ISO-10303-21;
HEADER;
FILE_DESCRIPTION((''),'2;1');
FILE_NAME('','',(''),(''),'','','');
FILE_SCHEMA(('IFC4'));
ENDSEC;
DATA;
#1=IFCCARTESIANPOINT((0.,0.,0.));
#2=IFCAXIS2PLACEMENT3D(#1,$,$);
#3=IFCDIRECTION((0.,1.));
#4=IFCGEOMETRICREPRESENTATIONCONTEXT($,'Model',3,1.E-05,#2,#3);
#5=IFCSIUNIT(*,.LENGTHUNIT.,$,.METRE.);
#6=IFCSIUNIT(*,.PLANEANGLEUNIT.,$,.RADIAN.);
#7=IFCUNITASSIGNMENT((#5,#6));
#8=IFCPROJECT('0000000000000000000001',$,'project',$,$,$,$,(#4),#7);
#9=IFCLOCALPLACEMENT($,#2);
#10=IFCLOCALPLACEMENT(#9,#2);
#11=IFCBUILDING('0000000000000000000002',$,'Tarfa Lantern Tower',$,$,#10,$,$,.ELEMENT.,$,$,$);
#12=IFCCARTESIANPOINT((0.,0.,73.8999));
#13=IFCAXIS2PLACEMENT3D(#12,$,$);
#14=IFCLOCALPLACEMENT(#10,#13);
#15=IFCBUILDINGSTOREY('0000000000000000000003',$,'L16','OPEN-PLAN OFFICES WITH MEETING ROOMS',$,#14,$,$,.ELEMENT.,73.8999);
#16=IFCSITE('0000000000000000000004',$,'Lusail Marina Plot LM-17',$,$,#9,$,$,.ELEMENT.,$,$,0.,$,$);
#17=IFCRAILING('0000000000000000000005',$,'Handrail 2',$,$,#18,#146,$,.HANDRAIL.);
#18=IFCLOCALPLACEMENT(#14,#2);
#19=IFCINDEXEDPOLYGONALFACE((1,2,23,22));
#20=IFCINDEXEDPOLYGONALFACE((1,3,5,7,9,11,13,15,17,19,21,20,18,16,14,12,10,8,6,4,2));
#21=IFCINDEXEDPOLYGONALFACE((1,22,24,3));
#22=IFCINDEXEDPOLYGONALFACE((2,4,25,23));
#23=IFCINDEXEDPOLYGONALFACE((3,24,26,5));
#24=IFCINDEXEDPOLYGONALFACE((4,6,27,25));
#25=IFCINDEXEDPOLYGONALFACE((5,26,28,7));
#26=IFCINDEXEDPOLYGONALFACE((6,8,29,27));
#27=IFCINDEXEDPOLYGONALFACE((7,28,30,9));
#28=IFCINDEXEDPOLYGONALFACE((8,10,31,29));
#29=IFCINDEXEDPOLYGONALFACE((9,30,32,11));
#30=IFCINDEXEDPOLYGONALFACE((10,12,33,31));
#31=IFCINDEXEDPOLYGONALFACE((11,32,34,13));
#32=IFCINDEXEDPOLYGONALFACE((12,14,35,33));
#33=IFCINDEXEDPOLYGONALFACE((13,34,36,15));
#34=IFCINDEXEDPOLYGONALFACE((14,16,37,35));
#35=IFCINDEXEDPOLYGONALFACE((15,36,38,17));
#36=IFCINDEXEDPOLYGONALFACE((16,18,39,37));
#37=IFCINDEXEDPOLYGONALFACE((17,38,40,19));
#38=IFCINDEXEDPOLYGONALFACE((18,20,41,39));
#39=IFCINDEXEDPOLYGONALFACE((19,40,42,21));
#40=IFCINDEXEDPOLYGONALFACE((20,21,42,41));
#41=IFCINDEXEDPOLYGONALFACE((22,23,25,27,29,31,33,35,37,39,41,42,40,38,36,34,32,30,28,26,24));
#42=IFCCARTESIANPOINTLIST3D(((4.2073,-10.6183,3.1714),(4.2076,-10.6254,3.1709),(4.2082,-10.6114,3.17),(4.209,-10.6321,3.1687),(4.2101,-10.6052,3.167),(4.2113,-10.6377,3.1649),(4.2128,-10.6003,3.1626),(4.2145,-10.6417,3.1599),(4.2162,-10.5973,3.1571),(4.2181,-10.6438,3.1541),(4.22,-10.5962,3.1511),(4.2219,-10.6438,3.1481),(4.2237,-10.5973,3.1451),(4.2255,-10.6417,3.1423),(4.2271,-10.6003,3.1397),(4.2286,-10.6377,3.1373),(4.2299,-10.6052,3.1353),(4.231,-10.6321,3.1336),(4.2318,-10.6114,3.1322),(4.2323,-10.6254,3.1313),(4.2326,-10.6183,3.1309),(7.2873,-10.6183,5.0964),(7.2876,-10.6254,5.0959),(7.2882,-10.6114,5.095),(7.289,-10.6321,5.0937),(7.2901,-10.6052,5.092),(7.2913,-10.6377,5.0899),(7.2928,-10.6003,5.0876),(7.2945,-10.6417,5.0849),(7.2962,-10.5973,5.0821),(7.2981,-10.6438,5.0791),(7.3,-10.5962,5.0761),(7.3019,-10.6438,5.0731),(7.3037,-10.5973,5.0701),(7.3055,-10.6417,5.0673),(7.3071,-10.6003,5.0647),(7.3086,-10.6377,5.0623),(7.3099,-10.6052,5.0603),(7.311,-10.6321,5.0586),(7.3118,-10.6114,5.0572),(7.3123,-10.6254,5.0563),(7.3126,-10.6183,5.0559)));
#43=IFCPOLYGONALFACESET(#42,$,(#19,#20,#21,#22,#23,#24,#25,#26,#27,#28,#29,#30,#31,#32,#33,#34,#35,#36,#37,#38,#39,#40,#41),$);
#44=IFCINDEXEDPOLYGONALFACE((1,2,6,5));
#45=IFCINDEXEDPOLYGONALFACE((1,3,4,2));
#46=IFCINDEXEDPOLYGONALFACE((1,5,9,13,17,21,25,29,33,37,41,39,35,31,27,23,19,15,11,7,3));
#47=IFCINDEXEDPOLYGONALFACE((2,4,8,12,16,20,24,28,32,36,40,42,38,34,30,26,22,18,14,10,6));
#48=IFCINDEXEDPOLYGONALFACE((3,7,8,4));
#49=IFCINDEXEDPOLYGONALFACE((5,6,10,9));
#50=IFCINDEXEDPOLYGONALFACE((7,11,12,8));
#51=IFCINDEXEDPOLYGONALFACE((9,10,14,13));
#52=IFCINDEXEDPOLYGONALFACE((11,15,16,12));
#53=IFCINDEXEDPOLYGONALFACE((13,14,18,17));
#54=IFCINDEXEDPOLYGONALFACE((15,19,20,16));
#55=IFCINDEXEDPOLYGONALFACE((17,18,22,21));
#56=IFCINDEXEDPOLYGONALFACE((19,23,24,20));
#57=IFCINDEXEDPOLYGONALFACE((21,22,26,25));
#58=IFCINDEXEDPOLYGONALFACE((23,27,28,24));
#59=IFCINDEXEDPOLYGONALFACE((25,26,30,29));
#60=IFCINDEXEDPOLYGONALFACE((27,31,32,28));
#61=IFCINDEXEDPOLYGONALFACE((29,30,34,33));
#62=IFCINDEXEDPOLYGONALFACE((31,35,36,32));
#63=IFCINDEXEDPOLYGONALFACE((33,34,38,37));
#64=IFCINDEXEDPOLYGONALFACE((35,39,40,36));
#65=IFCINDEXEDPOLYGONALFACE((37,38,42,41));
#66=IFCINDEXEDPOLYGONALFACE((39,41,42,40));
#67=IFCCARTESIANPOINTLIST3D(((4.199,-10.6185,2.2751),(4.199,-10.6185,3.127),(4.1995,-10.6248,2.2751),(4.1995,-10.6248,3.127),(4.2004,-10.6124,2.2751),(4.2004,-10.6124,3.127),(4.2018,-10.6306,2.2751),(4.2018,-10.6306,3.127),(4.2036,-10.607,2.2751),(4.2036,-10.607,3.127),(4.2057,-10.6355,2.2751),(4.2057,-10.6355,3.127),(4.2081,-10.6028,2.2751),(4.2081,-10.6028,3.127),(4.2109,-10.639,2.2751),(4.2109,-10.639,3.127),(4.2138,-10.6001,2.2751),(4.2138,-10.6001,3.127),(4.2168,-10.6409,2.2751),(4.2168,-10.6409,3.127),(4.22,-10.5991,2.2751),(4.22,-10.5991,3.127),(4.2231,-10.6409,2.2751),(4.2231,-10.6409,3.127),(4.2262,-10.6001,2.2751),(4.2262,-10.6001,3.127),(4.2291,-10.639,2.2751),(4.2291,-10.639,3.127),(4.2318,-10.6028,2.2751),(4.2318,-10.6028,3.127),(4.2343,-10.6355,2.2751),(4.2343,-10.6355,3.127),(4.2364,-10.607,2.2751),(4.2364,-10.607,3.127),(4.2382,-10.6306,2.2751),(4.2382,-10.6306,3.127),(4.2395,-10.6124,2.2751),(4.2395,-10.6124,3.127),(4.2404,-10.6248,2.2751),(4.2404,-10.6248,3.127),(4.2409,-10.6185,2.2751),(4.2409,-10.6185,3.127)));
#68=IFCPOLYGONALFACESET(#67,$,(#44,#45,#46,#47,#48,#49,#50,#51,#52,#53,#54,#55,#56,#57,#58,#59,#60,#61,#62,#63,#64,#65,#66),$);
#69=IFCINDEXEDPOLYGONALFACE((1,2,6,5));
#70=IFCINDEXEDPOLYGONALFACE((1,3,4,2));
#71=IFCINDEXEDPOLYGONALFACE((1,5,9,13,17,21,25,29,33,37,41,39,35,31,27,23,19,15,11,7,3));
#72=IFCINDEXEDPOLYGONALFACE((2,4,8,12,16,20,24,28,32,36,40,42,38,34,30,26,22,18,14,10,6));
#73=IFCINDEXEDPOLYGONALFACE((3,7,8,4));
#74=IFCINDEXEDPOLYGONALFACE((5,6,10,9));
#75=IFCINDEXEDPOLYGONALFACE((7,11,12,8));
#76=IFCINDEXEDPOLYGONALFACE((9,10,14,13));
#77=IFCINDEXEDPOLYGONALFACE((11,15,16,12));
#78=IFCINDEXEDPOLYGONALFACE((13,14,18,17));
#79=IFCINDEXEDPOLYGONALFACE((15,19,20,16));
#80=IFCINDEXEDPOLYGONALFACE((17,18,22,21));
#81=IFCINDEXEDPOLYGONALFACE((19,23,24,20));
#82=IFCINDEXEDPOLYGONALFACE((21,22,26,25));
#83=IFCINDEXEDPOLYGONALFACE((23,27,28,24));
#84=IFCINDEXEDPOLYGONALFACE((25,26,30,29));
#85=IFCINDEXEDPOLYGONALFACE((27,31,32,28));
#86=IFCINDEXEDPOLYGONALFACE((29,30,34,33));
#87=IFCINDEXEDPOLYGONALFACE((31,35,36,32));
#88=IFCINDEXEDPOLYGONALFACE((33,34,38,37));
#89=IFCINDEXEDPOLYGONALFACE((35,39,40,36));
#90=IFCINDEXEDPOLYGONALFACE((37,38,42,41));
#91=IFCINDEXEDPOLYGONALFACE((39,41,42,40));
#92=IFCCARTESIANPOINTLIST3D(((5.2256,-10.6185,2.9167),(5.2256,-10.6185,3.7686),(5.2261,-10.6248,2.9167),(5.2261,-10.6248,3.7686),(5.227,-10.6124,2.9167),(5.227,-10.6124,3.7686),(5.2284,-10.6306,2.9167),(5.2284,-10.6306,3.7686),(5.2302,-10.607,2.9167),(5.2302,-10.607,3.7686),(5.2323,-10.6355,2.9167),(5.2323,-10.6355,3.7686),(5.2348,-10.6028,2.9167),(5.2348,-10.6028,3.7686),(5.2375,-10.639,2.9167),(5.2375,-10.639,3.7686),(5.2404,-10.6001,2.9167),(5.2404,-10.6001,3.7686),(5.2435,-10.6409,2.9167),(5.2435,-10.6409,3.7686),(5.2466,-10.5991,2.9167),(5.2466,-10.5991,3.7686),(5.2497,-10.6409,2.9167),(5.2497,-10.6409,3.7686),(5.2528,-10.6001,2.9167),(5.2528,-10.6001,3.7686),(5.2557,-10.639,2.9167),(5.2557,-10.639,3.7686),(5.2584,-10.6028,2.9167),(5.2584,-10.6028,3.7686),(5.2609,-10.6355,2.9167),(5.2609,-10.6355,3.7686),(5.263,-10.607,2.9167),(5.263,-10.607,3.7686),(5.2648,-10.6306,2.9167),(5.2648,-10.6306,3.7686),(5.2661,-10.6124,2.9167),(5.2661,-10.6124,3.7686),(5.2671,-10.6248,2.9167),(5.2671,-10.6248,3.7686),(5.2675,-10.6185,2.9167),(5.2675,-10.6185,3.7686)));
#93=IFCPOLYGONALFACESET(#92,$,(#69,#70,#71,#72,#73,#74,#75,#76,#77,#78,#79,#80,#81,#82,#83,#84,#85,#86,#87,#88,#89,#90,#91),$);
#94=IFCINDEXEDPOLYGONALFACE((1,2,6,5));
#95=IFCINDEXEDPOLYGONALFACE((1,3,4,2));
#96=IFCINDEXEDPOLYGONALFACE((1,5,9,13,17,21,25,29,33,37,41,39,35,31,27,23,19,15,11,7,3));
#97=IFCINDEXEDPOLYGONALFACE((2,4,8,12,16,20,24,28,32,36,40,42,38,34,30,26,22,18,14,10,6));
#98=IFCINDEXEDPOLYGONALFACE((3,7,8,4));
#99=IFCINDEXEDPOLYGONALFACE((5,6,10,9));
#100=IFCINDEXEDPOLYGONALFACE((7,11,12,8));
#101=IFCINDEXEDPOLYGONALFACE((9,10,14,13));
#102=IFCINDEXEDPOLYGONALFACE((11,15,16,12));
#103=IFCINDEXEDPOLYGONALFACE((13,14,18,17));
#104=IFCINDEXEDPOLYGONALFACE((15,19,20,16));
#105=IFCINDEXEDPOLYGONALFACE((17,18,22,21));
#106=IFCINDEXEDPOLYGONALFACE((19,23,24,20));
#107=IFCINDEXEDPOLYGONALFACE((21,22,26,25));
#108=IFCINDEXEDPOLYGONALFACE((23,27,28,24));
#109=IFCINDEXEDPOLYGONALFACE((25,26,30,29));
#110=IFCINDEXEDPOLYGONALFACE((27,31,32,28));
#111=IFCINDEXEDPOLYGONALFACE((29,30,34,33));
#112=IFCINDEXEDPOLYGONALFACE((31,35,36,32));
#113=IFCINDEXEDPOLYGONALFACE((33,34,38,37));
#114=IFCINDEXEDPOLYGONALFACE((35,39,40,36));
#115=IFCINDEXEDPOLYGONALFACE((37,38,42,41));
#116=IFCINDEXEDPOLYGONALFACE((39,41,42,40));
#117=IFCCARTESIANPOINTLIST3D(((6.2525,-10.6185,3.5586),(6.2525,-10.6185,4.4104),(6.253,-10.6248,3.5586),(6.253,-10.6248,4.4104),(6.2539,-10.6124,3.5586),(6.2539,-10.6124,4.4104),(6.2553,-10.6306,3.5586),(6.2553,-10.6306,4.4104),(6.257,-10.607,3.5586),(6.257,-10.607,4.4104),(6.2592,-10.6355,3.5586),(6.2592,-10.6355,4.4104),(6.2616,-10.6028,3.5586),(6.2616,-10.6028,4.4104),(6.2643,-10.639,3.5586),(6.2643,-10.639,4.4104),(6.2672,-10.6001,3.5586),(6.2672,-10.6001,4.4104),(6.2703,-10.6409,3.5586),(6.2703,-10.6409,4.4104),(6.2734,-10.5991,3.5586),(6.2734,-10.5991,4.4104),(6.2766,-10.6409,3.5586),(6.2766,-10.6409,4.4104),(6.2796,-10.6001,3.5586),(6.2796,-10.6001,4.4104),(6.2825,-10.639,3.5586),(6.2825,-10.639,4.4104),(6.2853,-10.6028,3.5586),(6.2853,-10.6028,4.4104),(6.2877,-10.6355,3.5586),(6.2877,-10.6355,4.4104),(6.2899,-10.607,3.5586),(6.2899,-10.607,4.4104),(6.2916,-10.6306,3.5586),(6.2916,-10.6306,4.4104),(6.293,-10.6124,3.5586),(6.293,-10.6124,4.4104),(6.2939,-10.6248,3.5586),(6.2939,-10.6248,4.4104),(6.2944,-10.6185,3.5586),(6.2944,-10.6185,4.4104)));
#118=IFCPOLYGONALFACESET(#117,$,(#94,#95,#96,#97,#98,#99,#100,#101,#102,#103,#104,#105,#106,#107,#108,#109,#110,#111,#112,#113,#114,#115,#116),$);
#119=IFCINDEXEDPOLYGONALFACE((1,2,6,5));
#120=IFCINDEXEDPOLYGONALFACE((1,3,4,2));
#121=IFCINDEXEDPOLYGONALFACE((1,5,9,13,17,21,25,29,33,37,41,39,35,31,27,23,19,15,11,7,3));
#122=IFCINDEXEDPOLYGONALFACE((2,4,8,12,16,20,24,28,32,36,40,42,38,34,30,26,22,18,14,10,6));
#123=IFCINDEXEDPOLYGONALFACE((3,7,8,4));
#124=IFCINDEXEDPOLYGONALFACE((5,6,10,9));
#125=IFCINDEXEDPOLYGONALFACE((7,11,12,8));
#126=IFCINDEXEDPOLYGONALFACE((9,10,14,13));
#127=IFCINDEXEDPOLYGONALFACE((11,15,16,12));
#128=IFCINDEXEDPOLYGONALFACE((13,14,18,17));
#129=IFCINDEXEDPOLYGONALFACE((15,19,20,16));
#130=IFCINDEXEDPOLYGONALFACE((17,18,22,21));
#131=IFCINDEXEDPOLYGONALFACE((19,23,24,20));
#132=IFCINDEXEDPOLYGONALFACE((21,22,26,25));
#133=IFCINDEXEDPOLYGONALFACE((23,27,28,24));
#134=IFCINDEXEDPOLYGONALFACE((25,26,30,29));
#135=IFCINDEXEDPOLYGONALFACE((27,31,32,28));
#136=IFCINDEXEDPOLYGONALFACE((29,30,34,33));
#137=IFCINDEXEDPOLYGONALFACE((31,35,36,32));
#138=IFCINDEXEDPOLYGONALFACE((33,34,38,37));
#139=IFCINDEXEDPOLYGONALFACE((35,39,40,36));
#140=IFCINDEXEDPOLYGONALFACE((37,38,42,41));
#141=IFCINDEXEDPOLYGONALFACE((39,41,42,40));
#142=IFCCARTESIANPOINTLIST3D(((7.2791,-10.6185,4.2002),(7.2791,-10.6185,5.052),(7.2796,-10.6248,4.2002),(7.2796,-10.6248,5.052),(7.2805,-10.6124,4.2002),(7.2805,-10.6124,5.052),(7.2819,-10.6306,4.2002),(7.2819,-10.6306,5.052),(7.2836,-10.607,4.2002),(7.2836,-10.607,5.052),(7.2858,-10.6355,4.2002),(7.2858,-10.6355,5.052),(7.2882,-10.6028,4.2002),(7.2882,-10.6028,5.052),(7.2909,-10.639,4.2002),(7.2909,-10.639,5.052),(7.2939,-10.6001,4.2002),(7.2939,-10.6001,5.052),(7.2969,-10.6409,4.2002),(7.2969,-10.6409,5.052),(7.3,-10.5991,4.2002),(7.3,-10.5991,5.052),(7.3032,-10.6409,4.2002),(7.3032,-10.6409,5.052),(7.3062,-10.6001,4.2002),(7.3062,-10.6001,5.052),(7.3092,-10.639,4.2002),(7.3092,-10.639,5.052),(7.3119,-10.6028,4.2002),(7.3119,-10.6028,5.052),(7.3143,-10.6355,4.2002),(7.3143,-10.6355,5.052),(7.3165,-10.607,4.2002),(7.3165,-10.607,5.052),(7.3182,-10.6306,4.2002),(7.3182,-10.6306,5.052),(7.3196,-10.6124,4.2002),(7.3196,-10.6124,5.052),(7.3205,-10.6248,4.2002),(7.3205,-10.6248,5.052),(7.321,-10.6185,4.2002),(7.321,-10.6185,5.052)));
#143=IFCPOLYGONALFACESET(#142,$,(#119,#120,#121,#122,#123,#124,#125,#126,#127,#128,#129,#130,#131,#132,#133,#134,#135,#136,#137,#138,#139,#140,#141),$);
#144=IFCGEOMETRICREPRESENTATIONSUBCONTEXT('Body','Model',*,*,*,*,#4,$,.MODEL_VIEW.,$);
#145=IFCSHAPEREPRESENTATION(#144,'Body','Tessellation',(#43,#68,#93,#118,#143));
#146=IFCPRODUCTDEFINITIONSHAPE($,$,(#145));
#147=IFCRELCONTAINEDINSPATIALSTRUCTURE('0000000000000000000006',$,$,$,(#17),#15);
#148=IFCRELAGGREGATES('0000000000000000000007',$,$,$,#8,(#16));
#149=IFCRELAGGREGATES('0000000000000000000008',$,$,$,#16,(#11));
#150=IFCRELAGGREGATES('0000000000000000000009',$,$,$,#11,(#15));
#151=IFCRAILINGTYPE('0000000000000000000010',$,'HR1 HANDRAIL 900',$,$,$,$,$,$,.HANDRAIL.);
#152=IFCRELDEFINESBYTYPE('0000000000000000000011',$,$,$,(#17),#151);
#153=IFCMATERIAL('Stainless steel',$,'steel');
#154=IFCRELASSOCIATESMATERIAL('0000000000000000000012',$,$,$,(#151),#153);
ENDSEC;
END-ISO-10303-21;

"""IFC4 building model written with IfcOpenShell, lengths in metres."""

from ifc_helpers import new_model, si_unit, direction, frame, origin, origin_2d, place, context, subcontext, project, spatial, circle, extrude, material, type_object, element, save


model = new_model("IFC4")

# Units and contexts
model_context = context("Model", 3, precision=1e-05, world=origin(), true_north=direction((0.0, 1.0)))
body_context = subcontext(model_context, "Body", "Model", "MODEL_VIEW")
ifc_project = project(units=[si_unit("LENGTHUNIT", "METRE"), si_unit("PLANEANGLEUNIT", "RADIAN")], contexts=[model_context])

# Site, building, storey
site_placement = place(None, origin())
site = spatial("IfcSite", under=ifc_project, at=site_placement, Name="Lusail Marina Plot LM-17", CompositionType="ELEMENT", RefElevation=0.0)
building_placement = place(site_placement, origin())
building = spatial("IfcBuilding", under=site, at=building_placement, Name="Tarfa Lantern Tower", CompositionType="ELEMENT")
storey_placement = place(building_placement, frame((0.0, 0.0, 73.8999)))
storey = spatial("IfcBuildingStorey", under=building, at=storey_placement, Name="L16", Description="OPEN-PLAN OFFICES WITH MEETING ROOMS", CompositionType="ELEMENT", Elevation=73.8999)

# Railing
ifc_material_1 = material(Name="Stainless steel", Category="steel")
railing_type = type_object("IfcRailingType", Name="HR1 HANDRAIL 900", PredefinedType="HANDRAIL", material=ifc_material_1)
railing_1_placement = place(storey_placement, frame((4.22, -10.6201, 2.2751)))
element("IfcRailing", 1, at=railing_1_placement, inside=storey, type_object=railing_type, Name="Handrail 2", PredefinedType="HANDRAIL", context=body_context, shape_type="SweptSolid", body=[
    extrude(circle(Radius=0.0239, at=origin_2d()), frame((0.0, 0.0, 0.876), z_axis=(0.847998, 0.0, 0.529999), x_axis=(0.0, 1.0, 0.0)), (0.0, 0.0, 1.0), 3.6321),
    extrude(circle(Radius=0.021, at=origin_2d()), frame((0.0, 0.0, 0.0), z_axis=(0.0, 0.0, 1.0), x_axis=(0.0, 1.0, 0.0)), (0.0, 0.0, 1.0), 0.8518),
    extrude(circle(Radius=0.021, at=origin_2d()), frame((1.0266, 0.0, 0.6416), z_axis=(0.0, 0.0, 1.0), x_axis=(0.0, 1.0, 0.0)), (0.0, 0.0, 1.0), 0.8518),
    extrude(circle(Radius=0.021, at=origin_2d()), frame((2.0535, 0.0, 1.2834), z_axis=(0.0, 0.0, 1.0), x_axis=(0.0, 1.0, 0.0)), (0.0, 0.0, 1.0), 0.8518),
    extrude(circle(Radius=0.021, at=origin_2d()), frame((3.0801, 0.0, 1.925), z_axis=(0.0, 0.0, 1.0), x_axis=(0.0, 1.0, 0.0)), (0.0, 0.0, 1.0), 0.8518),
])

save(model, "model.ifc")
